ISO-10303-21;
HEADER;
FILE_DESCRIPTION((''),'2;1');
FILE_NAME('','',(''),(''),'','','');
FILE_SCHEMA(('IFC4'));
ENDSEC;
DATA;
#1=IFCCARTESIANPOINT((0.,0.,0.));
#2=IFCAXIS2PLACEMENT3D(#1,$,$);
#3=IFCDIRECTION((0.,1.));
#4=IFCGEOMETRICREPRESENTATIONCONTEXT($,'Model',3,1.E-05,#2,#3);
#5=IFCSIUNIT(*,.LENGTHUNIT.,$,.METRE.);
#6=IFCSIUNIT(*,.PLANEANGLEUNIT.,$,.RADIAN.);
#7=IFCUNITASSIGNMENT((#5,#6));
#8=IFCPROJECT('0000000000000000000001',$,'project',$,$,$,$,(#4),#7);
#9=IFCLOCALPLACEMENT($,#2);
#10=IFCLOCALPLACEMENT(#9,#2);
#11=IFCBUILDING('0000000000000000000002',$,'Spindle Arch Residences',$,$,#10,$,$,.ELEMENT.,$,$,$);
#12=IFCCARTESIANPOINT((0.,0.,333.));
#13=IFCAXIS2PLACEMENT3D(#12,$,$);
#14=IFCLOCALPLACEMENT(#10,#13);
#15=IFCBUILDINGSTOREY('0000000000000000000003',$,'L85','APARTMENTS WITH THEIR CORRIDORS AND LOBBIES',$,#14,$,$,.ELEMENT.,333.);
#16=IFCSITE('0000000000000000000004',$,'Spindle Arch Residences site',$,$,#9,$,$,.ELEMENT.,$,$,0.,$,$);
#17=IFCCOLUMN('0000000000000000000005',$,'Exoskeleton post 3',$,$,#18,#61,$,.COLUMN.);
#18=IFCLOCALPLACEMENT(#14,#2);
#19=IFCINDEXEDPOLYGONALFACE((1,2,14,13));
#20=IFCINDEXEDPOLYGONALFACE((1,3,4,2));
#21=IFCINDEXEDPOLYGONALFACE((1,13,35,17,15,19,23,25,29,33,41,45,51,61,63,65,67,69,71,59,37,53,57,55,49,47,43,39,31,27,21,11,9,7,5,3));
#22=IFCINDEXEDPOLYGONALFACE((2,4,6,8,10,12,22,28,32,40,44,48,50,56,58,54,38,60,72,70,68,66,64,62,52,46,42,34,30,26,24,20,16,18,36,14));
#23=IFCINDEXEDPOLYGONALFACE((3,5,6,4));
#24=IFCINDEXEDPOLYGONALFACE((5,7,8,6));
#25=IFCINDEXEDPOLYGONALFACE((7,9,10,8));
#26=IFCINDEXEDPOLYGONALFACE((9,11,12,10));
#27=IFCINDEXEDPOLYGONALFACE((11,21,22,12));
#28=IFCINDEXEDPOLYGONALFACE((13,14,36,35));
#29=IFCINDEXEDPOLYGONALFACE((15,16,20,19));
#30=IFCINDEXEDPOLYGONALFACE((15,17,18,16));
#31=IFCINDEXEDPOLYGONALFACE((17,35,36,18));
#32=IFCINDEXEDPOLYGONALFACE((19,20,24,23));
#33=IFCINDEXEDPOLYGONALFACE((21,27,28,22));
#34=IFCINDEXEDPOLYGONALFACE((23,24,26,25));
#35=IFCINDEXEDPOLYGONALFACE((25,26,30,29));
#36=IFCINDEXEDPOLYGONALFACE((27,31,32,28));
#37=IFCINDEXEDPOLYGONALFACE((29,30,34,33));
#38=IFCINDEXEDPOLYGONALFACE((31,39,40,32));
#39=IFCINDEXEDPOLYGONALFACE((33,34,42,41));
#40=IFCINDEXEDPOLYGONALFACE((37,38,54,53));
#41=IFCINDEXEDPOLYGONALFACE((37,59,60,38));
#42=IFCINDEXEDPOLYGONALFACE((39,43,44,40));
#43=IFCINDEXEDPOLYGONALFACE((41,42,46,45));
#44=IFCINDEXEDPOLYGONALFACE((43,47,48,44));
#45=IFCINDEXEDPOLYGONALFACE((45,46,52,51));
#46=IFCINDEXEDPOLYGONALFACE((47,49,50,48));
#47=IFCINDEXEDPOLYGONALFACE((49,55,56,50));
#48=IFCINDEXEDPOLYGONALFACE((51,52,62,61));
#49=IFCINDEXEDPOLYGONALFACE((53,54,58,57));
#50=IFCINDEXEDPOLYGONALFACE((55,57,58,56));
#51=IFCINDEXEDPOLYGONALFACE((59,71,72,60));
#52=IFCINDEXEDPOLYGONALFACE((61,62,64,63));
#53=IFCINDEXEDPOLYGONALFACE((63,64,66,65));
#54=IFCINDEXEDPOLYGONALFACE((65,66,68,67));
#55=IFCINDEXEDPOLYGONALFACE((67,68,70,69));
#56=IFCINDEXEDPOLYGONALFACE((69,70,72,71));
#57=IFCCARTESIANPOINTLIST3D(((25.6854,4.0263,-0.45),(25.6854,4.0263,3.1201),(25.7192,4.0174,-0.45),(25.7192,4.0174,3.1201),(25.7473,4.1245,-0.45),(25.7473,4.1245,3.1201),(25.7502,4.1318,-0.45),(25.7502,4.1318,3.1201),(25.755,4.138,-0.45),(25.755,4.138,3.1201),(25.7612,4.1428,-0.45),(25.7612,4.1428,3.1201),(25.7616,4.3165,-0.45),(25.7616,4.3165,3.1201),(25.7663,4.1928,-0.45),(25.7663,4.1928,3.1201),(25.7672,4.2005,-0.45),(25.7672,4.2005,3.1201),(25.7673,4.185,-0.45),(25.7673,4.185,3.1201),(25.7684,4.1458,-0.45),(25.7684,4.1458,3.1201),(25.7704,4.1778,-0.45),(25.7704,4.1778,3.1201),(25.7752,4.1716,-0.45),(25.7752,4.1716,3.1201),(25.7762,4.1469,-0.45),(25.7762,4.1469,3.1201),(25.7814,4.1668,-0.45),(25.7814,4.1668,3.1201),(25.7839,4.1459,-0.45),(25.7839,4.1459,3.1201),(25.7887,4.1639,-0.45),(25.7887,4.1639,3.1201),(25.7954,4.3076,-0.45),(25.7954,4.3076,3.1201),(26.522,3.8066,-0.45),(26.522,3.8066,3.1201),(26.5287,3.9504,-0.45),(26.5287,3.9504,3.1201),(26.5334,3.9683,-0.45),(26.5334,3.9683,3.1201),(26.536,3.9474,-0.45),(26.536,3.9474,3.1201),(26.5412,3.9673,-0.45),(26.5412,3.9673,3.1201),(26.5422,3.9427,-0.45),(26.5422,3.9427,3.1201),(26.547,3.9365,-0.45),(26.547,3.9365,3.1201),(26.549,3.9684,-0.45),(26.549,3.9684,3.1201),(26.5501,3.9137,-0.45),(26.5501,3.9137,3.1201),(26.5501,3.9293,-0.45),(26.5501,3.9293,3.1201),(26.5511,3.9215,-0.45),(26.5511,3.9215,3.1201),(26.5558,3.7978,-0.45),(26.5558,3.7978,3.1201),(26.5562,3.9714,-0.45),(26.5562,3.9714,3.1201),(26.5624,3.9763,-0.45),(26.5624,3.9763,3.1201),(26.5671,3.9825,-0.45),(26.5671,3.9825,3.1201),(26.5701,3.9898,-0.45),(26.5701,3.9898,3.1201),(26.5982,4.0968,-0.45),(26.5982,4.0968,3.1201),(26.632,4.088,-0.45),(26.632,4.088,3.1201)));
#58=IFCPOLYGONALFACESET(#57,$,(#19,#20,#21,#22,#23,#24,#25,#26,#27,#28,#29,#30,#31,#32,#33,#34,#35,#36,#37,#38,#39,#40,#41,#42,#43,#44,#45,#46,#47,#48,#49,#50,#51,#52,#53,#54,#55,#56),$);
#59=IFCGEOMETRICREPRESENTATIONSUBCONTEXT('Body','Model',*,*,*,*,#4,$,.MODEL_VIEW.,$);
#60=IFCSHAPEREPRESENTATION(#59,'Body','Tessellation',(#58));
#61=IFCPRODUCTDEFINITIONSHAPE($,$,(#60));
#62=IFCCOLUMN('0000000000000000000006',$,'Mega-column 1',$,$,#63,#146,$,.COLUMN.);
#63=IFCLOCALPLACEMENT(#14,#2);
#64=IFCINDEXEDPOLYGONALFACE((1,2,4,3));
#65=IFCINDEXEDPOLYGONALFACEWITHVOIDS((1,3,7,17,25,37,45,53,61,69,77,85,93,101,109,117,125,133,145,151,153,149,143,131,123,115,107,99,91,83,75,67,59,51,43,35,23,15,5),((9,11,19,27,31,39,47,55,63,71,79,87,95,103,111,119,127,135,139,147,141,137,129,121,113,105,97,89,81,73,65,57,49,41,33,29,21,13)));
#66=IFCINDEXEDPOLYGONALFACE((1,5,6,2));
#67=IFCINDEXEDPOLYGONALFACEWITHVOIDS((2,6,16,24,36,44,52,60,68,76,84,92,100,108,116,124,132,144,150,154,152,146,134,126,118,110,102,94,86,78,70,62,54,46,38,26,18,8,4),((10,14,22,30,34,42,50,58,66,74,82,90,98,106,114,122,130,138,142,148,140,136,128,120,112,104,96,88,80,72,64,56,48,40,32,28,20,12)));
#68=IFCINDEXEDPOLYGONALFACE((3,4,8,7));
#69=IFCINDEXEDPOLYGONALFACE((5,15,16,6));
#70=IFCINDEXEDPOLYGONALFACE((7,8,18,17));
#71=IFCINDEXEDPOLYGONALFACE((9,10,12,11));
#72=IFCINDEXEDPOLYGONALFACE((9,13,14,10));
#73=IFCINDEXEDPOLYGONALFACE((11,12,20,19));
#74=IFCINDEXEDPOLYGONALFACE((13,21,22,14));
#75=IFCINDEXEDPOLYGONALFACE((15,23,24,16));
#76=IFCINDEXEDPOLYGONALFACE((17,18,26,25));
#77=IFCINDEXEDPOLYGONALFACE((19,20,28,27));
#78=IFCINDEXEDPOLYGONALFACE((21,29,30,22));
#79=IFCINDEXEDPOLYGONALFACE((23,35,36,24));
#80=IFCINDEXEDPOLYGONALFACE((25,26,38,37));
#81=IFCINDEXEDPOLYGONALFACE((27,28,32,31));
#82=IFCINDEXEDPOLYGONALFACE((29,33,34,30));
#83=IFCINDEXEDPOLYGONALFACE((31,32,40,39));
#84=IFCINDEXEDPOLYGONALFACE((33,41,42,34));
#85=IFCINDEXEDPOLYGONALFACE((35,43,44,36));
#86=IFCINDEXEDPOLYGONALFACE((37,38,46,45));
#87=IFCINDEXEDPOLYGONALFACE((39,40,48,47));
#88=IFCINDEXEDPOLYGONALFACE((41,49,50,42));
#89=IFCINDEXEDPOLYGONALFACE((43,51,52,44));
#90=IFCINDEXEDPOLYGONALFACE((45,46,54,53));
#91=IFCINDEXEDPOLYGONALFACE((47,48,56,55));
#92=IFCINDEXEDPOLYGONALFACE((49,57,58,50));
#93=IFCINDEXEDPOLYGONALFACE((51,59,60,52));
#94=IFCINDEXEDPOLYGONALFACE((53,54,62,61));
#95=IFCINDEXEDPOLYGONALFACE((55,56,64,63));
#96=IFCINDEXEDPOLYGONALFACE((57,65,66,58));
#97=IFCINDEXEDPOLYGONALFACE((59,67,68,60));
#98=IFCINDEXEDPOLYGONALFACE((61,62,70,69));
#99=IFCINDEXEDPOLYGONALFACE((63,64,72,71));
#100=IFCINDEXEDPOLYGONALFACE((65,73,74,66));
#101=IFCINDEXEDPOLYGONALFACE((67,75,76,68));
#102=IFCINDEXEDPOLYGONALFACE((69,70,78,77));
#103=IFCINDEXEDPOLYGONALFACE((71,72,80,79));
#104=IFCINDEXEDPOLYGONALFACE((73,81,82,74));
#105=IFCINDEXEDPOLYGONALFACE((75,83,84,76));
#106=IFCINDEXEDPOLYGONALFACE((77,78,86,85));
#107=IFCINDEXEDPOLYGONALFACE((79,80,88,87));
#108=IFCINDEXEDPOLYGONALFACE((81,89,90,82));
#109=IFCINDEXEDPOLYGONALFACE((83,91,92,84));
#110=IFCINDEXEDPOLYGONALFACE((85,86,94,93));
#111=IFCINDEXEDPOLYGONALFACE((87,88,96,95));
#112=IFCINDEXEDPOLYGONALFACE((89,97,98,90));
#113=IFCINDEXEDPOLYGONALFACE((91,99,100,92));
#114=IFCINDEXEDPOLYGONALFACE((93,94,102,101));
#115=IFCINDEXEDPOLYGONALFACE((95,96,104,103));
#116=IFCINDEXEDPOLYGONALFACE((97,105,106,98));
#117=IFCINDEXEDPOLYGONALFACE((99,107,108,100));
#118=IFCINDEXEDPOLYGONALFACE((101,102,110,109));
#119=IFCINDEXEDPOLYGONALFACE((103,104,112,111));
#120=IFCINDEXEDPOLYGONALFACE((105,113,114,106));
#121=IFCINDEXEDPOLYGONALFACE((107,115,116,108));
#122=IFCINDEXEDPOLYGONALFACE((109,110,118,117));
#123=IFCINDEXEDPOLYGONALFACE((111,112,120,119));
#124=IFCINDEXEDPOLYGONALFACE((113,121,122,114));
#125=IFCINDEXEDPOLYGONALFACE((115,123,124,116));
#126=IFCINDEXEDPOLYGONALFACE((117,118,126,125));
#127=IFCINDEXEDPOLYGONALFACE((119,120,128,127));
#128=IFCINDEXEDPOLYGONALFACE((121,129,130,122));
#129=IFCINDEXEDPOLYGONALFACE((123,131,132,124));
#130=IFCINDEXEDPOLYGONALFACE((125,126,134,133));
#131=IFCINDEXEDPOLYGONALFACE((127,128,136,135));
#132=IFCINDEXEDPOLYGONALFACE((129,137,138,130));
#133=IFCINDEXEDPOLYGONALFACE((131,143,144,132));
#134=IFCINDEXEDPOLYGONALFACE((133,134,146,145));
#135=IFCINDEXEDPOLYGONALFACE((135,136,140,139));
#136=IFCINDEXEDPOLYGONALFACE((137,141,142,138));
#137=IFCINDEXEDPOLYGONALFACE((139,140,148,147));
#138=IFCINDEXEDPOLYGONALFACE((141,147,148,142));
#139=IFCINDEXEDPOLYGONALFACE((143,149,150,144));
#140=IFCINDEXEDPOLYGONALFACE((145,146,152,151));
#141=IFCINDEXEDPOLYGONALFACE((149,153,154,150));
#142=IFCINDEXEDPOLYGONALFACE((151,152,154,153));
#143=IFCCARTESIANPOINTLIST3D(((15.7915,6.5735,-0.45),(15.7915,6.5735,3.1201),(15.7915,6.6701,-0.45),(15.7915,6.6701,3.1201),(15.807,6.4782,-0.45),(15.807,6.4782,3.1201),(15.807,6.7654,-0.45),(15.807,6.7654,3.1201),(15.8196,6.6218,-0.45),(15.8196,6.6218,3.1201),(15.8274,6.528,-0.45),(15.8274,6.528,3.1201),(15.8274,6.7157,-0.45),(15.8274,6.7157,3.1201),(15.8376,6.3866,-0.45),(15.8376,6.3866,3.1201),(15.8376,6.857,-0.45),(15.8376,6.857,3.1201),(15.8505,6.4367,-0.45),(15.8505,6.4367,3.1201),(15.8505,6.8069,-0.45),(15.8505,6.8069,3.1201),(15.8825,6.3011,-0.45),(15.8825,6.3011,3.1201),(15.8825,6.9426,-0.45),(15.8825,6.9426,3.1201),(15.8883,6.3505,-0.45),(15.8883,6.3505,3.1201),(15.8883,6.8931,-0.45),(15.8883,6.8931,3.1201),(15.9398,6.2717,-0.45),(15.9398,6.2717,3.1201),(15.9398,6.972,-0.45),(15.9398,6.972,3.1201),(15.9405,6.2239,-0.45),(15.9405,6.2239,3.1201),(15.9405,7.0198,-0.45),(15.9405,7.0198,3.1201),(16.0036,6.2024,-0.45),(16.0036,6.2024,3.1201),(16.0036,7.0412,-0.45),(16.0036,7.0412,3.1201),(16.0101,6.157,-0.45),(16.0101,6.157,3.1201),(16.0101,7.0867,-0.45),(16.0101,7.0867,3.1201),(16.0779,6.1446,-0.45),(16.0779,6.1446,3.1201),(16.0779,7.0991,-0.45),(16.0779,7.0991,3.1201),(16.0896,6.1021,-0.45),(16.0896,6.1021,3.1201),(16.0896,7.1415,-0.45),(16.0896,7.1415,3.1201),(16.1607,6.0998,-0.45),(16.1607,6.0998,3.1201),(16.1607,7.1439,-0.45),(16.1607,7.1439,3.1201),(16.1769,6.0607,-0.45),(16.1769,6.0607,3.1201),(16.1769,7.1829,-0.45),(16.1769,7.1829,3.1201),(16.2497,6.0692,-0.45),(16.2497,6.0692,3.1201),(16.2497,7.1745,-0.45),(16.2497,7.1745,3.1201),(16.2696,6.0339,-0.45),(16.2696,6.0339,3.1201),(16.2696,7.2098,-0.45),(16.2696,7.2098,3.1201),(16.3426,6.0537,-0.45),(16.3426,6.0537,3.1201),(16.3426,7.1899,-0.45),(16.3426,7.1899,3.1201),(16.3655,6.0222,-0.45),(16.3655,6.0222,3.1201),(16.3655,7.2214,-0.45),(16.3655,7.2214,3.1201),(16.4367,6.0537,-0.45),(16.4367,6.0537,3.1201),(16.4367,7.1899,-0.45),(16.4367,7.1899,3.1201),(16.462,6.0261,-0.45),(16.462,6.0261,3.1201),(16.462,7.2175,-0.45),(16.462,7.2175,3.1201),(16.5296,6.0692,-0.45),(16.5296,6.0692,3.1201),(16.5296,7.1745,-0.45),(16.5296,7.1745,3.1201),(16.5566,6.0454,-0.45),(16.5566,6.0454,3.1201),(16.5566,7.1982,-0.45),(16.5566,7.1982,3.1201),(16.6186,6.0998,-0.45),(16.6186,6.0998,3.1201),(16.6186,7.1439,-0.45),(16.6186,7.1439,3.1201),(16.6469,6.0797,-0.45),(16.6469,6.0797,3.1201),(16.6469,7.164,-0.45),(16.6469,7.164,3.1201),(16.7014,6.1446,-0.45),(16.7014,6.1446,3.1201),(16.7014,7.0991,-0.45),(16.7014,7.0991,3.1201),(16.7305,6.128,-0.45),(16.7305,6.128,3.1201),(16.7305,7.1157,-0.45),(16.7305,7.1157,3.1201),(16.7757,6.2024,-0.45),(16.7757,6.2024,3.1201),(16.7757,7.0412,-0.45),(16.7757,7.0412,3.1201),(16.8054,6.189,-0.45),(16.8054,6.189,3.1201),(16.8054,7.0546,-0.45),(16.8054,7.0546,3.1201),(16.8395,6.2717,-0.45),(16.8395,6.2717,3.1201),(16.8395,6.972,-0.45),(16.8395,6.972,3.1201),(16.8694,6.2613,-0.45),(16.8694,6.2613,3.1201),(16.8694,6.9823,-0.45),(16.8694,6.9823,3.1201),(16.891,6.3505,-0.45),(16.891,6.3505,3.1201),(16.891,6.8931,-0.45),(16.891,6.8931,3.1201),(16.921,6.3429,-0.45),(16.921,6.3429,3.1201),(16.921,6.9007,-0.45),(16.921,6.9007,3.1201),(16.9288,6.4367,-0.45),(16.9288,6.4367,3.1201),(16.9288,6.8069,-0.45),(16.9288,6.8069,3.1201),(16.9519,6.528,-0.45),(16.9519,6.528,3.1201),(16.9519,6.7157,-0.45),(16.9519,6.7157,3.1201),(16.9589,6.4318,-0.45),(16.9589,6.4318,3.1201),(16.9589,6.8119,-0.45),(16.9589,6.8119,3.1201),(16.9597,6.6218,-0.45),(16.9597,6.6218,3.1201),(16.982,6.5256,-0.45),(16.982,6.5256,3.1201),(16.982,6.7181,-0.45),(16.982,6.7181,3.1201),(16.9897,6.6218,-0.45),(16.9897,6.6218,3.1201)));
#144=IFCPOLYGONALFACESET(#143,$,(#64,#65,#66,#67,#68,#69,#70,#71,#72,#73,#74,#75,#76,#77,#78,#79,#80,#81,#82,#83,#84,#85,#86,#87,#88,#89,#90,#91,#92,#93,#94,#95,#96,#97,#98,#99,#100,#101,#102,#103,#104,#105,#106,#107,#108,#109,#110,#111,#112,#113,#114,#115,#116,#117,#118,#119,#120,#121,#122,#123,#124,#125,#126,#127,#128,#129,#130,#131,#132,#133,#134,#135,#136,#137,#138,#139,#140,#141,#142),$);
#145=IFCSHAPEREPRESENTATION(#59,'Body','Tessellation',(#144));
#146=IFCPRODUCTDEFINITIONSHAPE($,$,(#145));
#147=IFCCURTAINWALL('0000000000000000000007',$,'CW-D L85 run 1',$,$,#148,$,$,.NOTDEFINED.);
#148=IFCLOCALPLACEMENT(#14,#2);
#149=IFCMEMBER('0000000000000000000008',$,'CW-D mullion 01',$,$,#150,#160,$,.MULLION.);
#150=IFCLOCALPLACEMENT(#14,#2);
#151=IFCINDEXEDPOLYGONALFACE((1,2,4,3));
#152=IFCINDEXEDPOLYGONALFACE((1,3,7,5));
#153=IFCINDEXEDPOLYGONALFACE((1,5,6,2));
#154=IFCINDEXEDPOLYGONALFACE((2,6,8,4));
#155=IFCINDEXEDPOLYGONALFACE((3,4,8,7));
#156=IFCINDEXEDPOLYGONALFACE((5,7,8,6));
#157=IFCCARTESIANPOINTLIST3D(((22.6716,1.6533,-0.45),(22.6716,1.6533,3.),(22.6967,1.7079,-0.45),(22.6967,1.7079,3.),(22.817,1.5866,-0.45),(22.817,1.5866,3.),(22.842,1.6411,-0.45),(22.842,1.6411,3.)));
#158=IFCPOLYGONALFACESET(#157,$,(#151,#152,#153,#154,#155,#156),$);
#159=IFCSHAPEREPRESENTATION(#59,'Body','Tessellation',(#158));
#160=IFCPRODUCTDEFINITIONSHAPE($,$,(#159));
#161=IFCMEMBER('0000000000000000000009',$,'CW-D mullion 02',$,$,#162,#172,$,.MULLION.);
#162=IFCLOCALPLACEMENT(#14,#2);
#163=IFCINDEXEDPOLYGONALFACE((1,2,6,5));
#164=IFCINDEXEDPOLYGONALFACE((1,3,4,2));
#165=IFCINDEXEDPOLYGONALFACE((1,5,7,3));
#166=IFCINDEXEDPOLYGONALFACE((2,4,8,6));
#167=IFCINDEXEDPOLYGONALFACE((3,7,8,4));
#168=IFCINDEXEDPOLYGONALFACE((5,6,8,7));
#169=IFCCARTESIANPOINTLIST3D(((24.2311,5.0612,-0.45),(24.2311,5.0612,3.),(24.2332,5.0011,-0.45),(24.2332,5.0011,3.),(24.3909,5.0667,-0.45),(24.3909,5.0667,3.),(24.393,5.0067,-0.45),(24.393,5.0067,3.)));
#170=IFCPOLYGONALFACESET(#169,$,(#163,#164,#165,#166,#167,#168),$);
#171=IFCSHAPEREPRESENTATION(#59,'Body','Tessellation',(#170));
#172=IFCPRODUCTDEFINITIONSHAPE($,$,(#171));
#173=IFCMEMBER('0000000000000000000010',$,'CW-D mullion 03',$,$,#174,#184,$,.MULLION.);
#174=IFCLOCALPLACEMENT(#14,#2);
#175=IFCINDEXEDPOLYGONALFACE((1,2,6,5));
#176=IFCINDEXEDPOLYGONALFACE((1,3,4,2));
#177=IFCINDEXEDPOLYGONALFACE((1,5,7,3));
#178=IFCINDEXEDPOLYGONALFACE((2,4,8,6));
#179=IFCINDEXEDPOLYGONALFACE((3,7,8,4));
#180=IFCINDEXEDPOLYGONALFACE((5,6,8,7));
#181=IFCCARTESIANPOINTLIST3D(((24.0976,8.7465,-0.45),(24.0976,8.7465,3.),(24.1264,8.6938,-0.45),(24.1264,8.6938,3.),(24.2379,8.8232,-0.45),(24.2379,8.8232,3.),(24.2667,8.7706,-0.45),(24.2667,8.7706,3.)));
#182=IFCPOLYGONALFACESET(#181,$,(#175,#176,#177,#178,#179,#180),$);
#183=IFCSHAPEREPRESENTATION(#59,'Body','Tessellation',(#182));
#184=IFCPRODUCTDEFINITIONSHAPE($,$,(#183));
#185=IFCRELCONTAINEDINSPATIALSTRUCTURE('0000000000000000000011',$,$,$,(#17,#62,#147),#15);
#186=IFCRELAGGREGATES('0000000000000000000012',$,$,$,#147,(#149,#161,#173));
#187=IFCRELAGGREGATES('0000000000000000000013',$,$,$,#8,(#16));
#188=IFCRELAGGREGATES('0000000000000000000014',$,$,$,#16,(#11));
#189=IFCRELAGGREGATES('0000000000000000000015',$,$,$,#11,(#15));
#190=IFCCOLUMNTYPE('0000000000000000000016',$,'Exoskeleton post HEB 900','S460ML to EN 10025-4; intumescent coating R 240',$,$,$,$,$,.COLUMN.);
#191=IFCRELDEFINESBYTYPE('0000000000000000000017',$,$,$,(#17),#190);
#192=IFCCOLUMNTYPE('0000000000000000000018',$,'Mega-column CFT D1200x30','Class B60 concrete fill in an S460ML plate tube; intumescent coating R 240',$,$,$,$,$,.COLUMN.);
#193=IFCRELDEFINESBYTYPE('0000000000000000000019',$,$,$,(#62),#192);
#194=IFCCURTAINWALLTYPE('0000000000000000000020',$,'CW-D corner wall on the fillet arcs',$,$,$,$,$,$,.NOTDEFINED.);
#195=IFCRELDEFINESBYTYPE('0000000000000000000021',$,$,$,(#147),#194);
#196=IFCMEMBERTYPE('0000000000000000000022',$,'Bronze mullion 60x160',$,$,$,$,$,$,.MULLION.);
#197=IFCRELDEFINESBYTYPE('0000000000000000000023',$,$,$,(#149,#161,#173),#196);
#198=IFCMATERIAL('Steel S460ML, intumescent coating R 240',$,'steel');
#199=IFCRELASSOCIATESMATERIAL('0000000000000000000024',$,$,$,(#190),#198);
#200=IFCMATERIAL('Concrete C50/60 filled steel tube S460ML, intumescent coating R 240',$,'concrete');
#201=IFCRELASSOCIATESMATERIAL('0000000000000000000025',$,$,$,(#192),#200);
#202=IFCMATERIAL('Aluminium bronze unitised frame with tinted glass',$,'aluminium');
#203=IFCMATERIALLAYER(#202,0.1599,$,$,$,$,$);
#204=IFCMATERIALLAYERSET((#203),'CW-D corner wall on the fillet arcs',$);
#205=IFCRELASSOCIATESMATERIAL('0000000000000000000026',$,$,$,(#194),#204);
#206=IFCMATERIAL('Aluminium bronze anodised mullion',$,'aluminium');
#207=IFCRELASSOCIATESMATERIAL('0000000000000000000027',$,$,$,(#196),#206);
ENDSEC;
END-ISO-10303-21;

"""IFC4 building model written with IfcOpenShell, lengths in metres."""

from ifc_helpers import new_model, si_unit, direction, frame, origin, origin_2d, place, context, subcontext, project, spatial, rectangle, hollow_circle, i_section, extrude, material, layer, layer_set, material_profile, profile_set, type_object, element, aggregate, save


model = new_model("IFC4")

# Units and contexts
model_context = context("Model", 3, precision=1e-05, world=origin(), true_north=direction((0.0, 1.0)))
body_context = subcontext(model_context, "Body", "Model", "MODEL_VIEW")
ifc_project = project(units=[si_unit("LENGTHUNIT", "METRE"), si_unit("PLANEANGLEUNIT", "RADIAN")], contexts=[model_context])

# Site, building, storey
site_placement = place(None, origin())
site = spatial("IfcSite", under=ifc_project, at=site_placement, Name="Spindle Arch Residences site", CompositionType="ELEMENT", RefElevation=0.0)
building_placement = place(site_placement, origin())
building = spatial("IfcBuilding", under=site, at=building_placement, Name="Spindle Arch Residences", CompositionType="ELEMENT")
storey_placement = place(building_placement, frame((0.0, 0.0, 333.0)))
storey = spatial("IfcBuildingStorey", under=building, at=storey_placement, Name="L85", Description="APARTMENTS WITH THEIR CORRIDORS AND LOBBIES", CompositionType="ELEMENT", Elevation=333.0)

# Columns
ifc_material_1 = material(Name="Steel S460ML, intumescent coating R 240", Category="steel")
ifc_material_profile_1 = material_profile(ifc_material_1, i_section(OverallWidth=0.3, OverallDepth=0.8999, WebThickness=0.0186, FlangeThickness=0.0349, FilletRadius=0.03, at=origin_2d()), Name="HEB 900")
ifc_profile_set_1 = profile_set([ifc_material_profile_1], Name="Steel S460ML, intumescent coating R 240")
column_type_1 = type_object("IfcColumnType", Name="Exoskeleton post HEB 900", Description="S460ML to EN 10025-4; intumescent coating R 240", PredefinedType="COLUMN", material=ifc_profile_set_1)
column_1_placement = place(storey_placement, frame((26.1587, 4.0571, -0.45), z_axis=(0.0, 0.0, 1.0), x_axis=(-0.253941, -0.96722, 0.0)))
element("IfcColumn", 1, at=column_1_placement, inside=storey, type_object=column_type_1, Name="Exoskeleton post 3", PredefinedType="COLUMN", context=body_context, shape_type="SweptSolid", body=[
    extrude(i_section(OverallWidth=0.3, OverallDepth=0.8999, WebThickness=0.0186, FlangeThickness=0.0349, FilletRadius=0.03, at=origin_2d()), origin(), (0.0, 0.0, 1.0), 3.5701),
])
ifc_material_2 = material(Name="Concrete C50/60 filled steel tube S460ML, intumescent coating R 240", Category="concrete")
ifc_material_profile_2 = material_profile(ifc_material_2, hollow_circle(Radius=0.6001, WallThickness=0.03, at=origin_2d()), Name="CFT D1200x30")
ifc_profile_set_2 = profile_set([ifc_material_profile_2], Name="Concrete C50/60 filled steel tube S460ML, intumescent coating R 240")
column_type_2 = type_object("IfcColumnType", Name="Mega-column CFT D1200x30", Description="Class B60 concrete fill in an S460ML plate tube; intumescent coating R 240", PredefinedType="COLUMN", material=ifc_profile_set_2)
column_2_placement = place(storey_placement, frame((16.3896, 6.6218, -0.45), z_axis=(0.0, 0.0, 1.0), x_axis=(1.0, 0.0, 0.0)))
element("IfcColumn", 2, at=column_2_placement, inside=storey, type_object=column_type_2, Name="Mega-column 1", PredefinedType="COLUMN", context=body_context, shape_type="SweptSolid", body=[
    extrude(hollow_circle(Radius=0.6001, WallThickness=0.03, at=origin_2d()), origin(), (0.0, 0.0, 1.0), 3.5701),
])

# Curtain wall, members
ifc_material_3 = material(Name="Aluminium bronze unitised frame with tinted glass", Category="aluminium")
ifc_layer_1 = layer(ifc_material_3, 0.1599)
ifc_layer_set_1 = layer_set([ifc_layer_1], Name="CW-D corner wall on the fillet arcs")
curtain_wall_type = type_object("IfcCurtainWallType", Name="CW-D corner wall on the fillet arcs", PredefinedType="NOTDEFINED", material=ifc_layer_set_1)
curtain_wall_placement = place(storey_placement, origin())
curtain_wall = element("IfcCurtainWall", 3, at=curtain_wall_placement, inside=storey, type_object=curtain_wall_type, Name="CW-D L85 run 1", PredefinedType="NOTDEFINED")
ifc_material_4 = material(Name="Aluminium bronze anodised mullion", Category="aluminium")
ifc_material_profile_3 = material_profile(ifc_material_4, rectangle(XDim=0.1599, YDim=0.0601, at=origin_2d()), Name="MU 60x160")
ifc_profile_set_3 = profile_set([ifc_material_profile_3], Name="Aluminium bronze anodised mullion")
member_type_1 = type_object("IfcMemberType", Name="Bronze mullion 60x160", PredefinedType="MULLION", material=ifc_profile_set_3)
member_1_placement = place(storey_placement, frame((22.7568, 1.6472, -0.45), z_axis=(0.0, 0.0, 1.0), x_axis=(-0.908751, 0.417338, 0.0)))
member_1 = element("IfcMember", 4, at=member_1_placement, type_object=member_type_1, Name="CW-D mullion 01", PredefinedType="MULLION", context=body_context, shape_type="SweptSolid", body=[
    extrude(rectangle(XDim=0.1599, YDim=0.0601, at=origin_2d()), origin(), (0.0, 0.0, 1.0), 3.45),
])
member_2_placement = place(storey_placement, frame((24.312, 5.0339, -0.45), z_axis=(0.0, 0.0, 1.0), x_axis=(-0.999391, -0.034899, 0.0)))
member_2 = element("IfcMember", 5, at=member_2_placement, type_object=member_type_1, Name="CW-D mullion 02", PredefinedType="MULLION", context=body_context, shape_type="SweptSolid", body=[
    extrude(rectangle(XDim=0.1599, YDim=0.0601, at=origin_2d()), origin(), (0.0, 0.0, 1.0), 3.45),
])
member_3_placement = place(storey_placement, frame((24.1821, 8.7585, -0.45), z_axis=(0.0, 0.0, 1.0), x_axis=(-0.877425, -0.479713, 0.0)))
member_3 = element("IfcMember", 6, at=member_3_placement, type_object=member_type_1, Name="CW-D mullion 03", PredefinedType="MULLION", context=body_context, shape_type="SweptSolid", body=[
    extrude(rectangle(XDim=0.1599, YDim=0.0601, at=origin_2d()), origin(), (0.0, 0.0, 1.0), 3.45),
])

aggregate(curtain_wall, [member_1, member_2, member_3])

save(model, "model.ifc")
